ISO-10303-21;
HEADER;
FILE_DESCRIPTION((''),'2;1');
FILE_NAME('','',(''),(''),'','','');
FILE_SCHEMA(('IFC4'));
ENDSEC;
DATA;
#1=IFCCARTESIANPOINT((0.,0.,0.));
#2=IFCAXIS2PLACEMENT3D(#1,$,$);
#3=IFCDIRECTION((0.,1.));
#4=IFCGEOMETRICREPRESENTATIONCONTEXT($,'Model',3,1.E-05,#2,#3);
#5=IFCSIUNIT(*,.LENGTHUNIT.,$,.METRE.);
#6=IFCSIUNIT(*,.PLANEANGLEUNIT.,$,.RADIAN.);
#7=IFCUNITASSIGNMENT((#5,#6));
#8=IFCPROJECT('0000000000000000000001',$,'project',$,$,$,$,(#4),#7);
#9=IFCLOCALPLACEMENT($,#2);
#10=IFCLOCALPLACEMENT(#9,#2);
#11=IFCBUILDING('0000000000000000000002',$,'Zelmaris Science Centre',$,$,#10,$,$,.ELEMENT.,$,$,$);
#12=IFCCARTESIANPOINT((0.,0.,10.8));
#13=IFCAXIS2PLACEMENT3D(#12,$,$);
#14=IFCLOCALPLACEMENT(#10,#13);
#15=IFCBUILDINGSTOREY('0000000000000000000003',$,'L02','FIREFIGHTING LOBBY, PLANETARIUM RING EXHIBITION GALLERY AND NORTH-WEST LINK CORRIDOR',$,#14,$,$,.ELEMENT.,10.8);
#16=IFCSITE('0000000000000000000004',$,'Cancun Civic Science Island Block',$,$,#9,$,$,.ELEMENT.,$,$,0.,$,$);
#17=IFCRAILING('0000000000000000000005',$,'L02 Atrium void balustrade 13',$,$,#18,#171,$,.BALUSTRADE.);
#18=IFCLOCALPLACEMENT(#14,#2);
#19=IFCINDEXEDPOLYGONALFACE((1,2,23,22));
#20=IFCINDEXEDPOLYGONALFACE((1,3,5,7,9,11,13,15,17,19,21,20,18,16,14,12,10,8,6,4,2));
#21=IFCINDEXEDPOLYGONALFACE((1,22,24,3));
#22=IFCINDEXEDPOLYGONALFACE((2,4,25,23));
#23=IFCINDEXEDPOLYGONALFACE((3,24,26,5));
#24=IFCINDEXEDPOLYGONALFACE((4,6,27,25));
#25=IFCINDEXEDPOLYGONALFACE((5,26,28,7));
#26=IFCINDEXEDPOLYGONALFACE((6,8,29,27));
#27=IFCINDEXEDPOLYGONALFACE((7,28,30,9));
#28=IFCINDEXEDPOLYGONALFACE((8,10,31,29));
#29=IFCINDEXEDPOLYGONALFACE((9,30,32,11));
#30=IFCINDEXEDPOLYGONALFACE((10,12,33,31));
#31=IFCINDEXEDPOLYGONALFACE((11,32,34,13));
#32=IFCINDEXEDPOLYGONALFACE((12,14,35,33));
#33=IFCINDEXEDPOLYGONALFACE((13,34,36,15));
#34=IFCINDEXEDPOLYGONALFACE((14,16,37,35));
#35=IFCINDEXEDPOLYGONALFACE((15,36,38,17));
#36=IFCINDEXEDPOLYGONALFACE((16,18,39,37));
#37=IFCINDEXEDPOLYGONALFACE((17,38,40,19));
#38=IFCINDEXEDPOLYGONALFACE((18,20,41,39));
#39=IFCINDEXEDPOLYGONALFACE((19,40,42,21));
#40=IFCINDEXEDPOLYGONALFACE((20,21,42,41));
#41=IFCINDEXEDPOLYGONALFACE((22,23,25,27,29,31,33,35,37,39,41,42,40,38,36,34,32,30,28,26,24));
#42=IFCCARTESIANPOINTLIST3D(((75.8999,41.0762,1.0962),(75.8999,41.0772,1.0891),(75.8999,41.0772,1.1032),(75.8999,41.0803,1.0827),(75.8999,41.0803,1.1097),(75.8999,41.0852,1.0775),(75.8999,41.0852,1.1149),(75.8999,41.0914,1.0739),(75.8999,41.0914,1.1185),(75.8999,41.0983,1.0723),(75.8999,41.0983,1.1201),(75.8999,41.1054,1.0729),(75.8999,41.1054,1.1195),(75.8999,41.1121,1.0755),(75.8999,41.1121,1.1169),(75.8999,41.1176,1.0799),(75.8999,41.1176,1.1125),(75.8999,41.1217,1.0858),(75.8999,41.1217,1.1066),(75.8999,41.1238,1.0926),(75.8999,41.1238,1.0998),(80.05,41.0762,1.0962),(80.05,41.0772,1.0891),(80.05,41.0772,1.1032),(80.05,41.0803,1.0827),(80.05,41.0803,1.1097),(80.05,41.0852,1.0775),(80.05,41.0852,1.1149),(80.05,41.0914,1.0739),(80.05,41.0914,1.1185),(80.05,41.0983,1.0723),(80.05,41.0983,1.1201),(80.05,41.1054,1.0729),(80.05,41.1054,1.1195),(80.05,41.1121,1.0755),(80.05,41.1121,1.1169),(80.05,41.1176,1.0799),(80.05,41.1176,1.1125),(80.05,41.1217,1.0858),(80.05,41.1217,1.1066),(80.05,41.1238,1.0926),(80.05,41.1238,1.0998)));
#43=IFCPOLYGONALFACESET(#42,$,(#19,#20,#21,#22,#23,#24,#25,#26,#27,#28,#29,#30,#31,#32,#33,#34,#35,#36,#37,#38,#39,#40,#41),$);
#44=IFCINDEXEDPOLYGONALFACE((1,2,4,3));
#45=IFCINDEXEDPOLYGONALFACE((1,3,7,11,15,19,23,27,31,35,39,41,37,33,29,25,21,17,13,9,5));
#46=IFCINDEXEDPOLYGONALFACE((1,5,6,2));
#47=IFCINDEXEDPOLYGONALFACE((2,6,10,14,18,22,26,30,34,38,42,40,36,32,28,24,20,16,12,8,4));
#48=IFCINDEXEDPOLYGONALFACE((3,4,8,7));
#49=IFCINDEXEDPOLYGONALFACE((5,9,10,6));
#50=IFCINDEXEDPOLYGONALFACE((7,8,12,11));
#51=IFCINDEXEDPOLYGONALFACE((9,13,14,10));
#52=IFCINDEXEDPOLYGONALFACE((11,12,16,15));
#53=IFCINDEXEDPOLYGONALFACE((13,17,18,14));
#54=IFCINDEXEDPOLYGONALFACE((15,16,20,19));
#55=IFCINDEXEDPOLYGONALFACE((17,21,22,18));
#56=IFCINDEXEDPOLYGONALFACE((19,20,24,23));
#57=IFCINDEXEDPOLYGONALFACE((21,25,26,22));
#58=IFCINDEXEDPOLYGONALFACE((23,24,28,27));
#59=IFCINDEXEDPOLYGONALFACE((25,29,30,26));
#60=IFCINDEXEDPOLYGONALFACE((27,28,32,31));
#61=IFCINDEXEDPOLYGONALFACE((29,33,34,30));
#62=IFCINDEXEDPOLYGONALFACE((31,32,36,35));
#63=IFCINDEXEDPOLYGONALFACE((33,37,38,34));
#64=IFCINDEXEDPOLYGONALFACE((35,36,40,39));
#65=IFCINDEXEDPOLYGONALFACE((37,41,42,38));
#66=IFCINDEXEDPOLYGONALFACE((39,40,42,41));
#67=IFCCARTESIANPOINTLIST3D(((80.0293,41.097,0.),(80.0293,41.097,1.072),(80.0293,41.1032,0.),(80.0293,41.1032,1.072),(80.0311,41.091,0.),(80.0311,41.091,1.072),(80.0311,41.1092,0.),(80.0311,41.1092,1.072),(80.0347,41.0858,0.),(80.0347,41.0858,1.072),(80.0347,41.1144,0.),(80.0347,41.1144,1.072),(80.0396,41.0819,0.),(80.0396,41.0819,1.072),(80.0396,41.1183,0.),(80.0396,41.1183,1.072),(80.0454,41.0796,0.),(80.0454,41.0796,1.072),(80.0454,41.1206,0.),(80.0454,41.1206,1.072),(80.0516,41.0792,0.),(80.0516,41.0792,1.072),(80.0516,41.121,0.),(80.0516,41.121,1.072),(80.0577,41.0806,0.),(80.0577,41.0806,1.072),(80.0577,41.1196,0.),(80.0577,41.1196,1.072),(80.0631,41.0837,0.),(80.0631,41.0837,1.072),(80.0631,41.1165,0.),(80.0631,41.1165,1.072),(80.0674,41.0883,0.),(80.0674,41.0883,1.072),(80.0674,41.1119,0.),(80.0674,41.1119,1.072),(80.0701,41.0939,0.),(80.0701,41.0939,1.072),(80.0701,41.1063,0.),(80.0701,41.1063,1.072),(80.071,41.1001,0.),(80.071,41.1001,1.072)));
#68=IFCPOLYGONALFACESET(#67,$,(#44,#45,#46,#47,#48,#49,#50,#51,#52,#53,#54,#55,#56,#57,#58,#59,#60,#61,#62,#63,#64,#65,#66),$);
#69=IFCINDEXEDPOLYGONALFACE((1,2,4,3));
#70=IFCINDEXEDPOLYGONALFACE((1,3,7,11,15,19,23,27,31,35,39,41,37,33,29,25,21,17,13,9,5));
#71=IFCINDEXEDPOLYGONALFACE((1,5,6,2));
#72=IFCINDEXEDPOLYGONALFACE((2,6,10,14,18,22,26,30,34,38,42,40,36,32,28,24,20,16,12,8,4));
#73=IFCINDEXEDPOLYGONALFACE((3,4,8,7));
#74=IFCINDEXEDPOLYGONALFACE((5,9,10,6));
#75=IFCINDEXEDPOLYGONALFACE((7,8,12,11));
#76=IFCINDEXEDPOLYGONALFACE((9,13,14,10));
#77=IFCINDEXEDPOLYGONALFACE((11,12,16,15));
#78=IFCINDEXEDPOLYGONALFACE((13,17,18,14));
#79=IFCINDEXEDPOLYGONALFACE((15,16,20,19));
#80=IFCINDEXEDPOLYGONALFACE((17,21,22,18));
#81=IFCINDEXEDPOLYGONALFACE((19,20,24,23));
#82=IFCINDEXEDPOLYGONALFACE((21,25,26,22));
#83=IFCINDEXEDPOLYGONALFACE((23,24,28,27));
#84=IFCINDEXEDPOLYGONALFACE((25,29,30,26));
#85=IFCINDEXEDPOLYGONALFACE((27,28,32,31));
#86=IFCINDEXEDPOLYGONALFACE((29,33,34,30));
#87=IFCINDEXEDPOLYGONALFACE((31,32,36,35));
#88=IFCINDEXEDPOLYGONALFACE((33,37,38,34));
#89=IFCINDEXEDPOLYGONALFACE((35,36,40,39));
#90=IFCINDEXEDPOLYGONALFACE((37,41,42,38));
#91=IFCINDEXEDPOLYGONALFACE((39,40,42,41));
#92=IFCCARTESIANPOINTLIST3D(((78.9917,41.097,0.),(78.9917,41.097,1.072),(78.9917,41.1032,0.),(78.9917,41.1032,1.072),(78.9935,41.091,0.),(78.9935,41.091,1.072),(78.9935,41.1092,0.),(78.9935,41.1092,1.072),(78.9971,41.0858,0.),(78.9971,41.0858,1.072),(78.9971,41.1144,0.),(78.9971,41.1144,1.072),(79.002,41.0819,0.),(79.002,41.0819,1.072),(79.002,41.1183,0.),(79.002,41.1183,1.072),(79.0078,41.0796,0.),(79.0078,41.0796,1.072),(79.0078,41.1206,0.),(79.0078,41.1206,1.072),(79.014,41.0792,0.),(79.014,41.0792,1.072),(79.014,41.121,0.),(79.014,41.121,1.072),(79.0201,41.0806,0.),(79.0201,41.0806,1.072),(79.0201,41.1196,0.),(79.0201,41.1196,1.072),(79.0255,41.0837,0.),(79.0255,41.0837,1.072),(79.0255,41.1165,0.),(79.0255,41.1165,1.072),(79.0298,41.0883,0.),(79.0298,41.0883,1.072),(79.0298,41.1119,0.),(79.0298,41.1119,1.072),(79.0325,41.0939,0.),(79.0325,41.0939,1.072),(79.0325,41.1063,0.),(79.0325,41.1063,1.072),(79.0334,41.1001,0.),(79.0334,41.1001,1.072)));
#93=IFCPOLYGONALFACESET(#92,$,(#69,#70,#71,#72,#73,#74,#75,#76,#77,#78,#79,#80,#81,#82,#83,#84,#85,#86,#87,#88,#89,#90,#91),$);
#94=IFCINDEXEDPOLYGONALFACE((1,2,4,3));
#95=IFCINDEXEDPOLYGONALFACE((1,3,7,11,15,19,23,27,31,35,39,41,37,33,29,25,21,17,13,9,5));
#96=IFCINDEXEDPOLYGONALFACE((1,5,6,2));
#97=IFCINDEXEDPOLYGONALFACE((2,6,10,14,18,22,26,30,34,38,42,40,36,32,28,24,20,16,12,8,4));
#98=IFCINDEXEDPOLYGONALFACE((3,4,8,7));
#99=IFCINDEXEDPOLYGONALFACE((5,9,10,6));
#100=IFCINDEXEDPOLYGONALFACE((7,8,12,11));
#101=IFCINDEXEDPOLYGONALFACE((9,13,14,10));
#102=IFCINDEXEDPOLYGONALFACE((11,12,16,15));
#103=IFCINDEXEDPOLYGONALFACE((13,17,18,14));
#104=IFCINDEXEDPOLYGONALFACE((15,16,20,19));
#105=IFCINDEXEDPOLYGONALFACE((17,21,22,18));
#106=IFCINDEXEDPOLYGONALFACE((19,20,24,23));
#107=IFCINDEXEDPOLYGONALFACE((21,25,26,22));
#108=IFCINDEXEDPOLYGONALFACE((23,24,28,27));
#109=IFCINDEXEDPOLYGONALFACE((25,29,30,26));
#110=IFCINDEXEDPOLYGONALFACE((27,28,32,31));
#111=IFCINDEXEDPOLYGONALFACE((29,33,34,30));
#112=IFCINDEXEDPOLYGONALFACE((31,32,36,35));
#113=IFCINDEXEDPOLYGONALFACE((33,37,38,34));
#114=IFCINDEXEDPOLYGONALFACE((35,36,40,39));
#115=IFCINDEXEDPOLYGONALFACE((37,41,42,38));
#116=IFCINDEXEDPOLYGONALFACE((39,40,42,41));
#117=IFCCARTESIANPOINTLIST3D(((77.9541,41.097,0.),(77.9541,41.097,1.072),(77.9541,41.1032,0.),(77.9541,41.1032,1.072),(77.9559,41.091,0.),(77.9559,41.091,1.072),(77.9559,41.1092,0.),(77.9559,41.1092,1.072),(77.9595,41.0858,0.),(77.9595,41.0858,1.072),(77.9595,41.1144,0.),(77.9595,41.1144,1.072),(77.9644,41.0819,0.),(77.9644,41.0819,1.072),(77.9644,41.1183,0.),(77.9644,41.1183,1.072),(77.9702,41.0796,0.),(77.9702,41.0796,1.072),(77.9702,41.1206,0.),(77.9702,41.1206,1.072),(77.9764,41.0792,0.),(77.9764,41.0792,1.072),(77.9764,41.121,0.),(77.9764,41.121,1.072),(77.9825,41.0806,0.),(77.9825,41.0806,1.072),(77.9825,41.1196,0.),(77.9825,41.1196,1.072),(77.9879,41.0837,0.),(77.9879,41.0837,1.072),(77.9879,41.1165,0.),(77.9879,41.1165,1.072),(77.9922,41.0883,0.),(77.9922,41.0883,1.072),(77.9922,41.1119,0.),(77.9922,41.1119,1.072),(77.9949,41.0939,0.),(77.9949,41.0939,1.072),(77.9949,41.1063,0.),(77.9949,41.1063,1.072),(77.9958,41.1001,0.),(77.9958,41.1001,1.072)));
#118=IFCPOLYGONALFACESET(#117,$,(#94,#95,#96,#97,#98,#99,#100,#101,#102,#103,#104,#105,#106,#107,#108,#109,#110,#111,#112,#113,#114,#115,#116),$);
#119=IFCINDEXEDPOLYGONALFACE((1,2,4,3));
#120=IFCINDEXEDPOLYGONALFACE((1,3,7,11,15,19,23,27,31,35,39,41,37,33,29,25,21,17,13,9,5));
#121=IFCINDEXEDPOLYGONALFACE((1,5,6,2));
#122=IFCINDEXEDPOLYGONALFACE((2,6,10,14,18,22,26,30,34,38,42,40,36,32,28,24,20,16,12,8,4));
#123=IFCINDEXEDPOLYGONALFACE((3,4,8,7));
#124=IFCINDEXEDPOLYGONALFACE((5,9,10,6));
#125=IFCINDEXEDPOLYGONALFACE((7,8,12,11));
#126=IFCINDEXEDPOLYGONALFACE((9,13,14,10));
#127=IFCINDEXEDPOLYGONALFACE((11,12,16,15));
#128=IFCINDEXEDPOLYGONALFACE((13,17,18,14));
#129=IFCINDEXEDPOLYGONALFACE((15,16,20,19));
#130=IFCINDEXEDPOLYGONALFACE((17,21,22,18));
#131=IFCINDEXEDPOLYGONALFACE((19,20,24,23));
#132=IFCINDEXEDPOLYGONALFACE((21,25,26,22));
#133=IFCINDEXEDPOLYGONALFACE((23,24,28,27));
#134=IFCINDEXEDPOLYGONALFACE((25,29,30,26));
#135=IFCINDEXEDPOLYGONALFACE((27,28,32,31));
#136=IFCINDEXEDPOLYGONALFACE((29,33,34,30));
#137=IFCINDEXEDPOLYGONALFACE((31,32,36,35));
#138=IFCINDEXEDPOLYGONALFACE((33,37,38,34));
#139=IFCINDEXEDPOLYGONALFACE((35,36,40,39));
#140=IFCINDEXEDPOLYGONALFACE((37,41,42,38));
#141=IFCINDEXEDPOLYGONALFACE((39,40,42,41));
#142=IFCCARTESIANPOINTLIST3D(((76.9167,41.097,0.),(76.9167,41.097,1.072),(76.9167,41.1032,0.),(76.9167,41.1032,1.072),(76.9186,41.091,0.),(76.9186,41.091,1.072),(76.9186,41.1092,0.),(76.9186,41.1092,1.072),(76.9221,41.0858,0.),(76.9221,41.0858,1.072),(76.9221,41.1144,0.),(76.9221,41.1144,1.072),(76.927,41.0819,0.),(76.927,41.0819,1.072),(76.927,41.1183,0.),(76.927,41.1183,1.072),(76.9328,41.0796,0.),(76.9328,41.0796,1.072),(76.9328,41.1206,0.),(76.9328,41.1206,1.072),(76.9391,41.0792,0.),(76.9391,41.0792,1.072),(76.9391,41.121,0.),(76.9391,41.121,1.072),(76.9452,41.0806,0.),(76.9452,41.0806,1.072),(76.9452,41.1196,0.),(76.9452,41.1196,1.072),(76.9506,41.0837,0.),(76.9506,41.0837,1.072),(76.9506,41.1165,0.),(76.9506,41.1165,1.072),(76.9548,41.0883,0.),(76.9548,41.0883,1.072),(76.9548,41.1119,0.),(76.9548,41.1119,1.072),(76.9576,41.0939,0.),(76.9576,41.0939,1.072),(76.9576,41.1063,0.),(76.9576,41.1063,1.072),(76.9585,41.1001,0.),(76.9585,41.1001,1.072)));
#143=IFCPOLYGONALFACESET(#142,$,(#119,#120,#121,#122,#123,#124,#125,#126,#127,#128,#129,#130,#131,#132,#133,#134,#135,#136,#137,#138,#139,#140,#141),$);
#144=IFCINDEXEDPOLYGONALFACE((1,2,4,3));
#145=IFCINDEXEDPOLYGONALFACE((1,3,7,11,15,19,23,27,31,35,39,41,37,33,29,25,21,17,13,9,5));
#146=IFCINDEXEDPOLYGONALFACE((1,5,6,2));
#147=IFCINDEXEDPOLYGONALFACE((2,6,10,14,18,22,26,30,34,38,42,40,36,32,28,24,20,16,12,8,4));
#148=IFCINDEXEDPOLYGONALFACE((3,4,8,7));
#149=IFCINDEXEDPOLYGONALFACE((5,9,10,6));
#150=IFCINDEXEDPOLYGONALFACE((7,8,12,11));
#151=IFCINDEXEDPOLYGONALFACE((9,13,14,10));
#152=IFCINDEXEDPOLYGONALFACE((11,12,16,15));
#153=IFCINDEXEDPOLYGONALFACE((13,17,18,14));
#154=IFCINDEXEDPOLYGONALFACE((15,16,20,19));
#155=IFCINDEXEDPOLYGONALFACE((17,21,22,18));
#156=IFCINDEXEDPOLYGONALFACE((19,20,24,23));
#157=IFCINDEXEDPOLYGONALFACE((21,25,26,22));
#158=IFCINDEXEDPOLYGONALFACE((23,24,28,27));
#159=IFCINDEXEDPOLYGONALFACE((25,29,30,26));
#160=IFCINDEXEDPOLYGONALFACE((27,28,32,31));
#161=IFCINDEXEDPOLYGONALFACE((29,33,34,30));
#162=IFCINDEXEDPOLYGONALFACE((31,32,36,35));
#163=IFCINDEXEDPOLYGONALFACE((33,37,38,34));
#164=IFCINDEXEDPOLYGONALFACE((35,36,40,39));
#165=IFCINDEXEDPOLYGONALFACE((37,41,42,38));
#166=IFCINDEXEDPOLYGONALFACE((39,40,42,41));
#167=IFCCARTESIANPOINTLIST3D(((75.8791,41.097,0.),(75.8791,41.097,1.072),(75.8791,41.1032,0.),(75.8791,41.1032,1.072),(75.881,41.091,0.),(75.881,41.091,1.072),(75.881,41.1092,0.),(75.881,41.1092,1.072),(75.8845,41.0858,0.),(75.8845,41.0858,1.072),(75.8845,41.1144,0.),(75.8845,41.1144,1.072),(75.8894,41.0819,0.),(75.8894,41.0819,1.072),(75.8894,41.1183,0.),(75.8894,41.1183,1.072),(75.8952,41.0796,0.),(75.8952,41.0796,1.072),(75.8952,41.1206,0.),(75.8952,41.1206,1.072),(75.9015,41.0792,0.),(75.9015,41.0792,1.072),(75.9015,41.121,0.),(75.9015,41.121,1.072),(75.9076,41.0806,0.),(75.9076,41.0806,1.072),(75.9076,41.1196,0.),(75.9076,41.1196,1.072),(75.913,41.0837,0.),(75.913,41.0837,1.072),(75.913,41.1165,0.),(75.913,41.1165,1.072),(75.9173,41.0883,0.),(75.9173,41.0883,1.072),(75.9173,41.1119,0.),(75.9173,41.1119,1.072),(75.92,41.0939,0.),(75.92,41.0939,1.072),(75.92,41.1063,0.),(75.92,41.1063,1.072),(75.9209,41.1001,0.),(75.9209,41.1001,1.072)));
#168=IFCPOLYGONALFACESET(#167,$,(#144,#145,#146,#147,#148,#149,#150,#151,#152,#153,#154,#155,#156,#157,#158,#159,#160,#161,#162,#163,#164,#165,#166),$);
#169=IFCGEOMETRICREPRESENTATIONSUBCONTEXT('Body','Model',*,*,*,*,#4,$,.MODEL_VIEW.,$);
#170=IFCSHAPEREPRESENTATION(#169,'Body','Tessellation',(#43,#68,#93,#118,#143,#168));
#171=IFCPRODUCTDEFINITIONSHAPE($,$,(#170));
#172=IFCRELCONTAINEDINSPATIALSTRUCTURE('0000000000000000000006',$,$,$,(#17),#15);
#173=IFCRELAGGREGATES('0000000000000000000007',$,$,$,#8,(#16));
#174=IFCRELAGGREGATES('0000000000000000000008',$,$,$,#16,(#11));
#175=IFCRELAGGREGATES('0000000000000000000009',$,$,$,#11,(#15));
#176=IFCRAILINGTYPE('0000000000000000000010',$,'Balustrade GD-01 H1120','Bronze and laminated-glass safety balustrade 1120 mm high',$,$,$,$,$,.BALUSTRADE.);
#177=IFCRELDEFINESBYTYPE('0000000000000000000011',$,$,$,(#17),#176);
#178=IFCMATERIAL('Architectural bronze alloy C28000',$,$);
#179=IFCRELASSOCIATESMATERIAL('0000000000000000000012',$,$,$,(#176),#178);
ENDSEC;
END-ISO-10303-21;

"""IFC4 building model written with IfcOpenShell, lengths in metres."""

from ifc_helpers import new_model, si_unit, direction, frame, origin, origin_2d, place, context, subcontext, project, spatial, circle, extrude, material, type_object, element, save


model = new_model("IFC4")

# Units and contexts
model_context = context("Model", 3, precision=1e-05, world=origin(), true_north=direction((0.0, 1.0)))
body_context = subcontext(model_context, "Body", "Model", "MODEL_VIEW")
ifc_project = project(units=[si_unit("LENGTHUNIT", "METRE"), si_unit("PLANEANGLEUNIT", "RADIAN")], contexts=[model_context])

# Site, building, storey
site_placement = place(None, origin())
site = spatial("IfcSite", under=ifc_project, at=site_placement, Name="Cancun Civic Science Island Block", CompositionType="ELEMENT", RefElevation=0.0)
building_placement = place(site_placement, origin())
building = spatial("IfcBuilding", under=site, at=building_placement, Name="Zelmaris Science Centre", CompositionType="ELEMENT")
storey_placement = place(building_placement, frame((0.0, 0.0, 10.8)))
storey = spatial("IfcBuildingStorey", under=building, at=storey_placement, Name="L02", Description="FIREFIGHTING LOBBY, PLANETARIUM RING EXHIBITION GALLERY AND NORTH-WEST LINK CORRIDOR", CompositionType="ELEMENT", Elevation=10.8)

# Railing
ifc_material_1 = material(Name="Architectural bronze alloy C28000")
railing_type = type_object("IfcRailingType", Name="Balustrade GD-01 H1120", Description="Bronze and laminated-glass safety balustrade 1120 mm high", PredefinedType="BALUSTRADE", material=ifc_material_1)
for number, where, name in (
    (1, (80.05, 41.1001, 0.0), "L02 Atrium void balustrade 13"),
):
    element("IfcRailing", number, at=place(storey_placement, frame(where)), inside=storey, type_object=railing_type, Name=name, PredefinedType="BALUSTRADE", context=body_context, shape_type="SweptSolid", body=[
        extrude(circle(Radius=0.0239, at=origin_2d()), frame((0.0, 0.0, 1.0962), z_axis=(-1.0, 0.0, 0.0), x_axis=(0.0, -1.0, 0.0)), (0.0, 0.0, 1.0), 4.1501),
        extrude(circle(Radius=0.021, at=origin_2d()), origin(), (0.0, 0.0, 1.0), 1.072),
        extrude(circle(Radius=0.021, at=origin_2d()), frame((-1.0376, 0.0, 0.0)), (0.0, 0.0, 1.0), 1.072),
        extrude(circle(Radius=0.021, at=origin_2d()), frame((-2.0752, 0.0, 0.0)), (0.0, 0.0, 1.0), 1.072),
        extrude(circle(Radius=0.021, at=origin_2d()), frame((-3.1125, 0.0, 0.0)), (0.0, 0.0, 1.0), 1.072),
        extrude(circle(Radius=0.021, at=origin_2d()), frame((-4.1501, 0.0, 0.0)), (0.0, 0.0, 1.0), 1.072),
    ])

save(model, "model.ifc")
